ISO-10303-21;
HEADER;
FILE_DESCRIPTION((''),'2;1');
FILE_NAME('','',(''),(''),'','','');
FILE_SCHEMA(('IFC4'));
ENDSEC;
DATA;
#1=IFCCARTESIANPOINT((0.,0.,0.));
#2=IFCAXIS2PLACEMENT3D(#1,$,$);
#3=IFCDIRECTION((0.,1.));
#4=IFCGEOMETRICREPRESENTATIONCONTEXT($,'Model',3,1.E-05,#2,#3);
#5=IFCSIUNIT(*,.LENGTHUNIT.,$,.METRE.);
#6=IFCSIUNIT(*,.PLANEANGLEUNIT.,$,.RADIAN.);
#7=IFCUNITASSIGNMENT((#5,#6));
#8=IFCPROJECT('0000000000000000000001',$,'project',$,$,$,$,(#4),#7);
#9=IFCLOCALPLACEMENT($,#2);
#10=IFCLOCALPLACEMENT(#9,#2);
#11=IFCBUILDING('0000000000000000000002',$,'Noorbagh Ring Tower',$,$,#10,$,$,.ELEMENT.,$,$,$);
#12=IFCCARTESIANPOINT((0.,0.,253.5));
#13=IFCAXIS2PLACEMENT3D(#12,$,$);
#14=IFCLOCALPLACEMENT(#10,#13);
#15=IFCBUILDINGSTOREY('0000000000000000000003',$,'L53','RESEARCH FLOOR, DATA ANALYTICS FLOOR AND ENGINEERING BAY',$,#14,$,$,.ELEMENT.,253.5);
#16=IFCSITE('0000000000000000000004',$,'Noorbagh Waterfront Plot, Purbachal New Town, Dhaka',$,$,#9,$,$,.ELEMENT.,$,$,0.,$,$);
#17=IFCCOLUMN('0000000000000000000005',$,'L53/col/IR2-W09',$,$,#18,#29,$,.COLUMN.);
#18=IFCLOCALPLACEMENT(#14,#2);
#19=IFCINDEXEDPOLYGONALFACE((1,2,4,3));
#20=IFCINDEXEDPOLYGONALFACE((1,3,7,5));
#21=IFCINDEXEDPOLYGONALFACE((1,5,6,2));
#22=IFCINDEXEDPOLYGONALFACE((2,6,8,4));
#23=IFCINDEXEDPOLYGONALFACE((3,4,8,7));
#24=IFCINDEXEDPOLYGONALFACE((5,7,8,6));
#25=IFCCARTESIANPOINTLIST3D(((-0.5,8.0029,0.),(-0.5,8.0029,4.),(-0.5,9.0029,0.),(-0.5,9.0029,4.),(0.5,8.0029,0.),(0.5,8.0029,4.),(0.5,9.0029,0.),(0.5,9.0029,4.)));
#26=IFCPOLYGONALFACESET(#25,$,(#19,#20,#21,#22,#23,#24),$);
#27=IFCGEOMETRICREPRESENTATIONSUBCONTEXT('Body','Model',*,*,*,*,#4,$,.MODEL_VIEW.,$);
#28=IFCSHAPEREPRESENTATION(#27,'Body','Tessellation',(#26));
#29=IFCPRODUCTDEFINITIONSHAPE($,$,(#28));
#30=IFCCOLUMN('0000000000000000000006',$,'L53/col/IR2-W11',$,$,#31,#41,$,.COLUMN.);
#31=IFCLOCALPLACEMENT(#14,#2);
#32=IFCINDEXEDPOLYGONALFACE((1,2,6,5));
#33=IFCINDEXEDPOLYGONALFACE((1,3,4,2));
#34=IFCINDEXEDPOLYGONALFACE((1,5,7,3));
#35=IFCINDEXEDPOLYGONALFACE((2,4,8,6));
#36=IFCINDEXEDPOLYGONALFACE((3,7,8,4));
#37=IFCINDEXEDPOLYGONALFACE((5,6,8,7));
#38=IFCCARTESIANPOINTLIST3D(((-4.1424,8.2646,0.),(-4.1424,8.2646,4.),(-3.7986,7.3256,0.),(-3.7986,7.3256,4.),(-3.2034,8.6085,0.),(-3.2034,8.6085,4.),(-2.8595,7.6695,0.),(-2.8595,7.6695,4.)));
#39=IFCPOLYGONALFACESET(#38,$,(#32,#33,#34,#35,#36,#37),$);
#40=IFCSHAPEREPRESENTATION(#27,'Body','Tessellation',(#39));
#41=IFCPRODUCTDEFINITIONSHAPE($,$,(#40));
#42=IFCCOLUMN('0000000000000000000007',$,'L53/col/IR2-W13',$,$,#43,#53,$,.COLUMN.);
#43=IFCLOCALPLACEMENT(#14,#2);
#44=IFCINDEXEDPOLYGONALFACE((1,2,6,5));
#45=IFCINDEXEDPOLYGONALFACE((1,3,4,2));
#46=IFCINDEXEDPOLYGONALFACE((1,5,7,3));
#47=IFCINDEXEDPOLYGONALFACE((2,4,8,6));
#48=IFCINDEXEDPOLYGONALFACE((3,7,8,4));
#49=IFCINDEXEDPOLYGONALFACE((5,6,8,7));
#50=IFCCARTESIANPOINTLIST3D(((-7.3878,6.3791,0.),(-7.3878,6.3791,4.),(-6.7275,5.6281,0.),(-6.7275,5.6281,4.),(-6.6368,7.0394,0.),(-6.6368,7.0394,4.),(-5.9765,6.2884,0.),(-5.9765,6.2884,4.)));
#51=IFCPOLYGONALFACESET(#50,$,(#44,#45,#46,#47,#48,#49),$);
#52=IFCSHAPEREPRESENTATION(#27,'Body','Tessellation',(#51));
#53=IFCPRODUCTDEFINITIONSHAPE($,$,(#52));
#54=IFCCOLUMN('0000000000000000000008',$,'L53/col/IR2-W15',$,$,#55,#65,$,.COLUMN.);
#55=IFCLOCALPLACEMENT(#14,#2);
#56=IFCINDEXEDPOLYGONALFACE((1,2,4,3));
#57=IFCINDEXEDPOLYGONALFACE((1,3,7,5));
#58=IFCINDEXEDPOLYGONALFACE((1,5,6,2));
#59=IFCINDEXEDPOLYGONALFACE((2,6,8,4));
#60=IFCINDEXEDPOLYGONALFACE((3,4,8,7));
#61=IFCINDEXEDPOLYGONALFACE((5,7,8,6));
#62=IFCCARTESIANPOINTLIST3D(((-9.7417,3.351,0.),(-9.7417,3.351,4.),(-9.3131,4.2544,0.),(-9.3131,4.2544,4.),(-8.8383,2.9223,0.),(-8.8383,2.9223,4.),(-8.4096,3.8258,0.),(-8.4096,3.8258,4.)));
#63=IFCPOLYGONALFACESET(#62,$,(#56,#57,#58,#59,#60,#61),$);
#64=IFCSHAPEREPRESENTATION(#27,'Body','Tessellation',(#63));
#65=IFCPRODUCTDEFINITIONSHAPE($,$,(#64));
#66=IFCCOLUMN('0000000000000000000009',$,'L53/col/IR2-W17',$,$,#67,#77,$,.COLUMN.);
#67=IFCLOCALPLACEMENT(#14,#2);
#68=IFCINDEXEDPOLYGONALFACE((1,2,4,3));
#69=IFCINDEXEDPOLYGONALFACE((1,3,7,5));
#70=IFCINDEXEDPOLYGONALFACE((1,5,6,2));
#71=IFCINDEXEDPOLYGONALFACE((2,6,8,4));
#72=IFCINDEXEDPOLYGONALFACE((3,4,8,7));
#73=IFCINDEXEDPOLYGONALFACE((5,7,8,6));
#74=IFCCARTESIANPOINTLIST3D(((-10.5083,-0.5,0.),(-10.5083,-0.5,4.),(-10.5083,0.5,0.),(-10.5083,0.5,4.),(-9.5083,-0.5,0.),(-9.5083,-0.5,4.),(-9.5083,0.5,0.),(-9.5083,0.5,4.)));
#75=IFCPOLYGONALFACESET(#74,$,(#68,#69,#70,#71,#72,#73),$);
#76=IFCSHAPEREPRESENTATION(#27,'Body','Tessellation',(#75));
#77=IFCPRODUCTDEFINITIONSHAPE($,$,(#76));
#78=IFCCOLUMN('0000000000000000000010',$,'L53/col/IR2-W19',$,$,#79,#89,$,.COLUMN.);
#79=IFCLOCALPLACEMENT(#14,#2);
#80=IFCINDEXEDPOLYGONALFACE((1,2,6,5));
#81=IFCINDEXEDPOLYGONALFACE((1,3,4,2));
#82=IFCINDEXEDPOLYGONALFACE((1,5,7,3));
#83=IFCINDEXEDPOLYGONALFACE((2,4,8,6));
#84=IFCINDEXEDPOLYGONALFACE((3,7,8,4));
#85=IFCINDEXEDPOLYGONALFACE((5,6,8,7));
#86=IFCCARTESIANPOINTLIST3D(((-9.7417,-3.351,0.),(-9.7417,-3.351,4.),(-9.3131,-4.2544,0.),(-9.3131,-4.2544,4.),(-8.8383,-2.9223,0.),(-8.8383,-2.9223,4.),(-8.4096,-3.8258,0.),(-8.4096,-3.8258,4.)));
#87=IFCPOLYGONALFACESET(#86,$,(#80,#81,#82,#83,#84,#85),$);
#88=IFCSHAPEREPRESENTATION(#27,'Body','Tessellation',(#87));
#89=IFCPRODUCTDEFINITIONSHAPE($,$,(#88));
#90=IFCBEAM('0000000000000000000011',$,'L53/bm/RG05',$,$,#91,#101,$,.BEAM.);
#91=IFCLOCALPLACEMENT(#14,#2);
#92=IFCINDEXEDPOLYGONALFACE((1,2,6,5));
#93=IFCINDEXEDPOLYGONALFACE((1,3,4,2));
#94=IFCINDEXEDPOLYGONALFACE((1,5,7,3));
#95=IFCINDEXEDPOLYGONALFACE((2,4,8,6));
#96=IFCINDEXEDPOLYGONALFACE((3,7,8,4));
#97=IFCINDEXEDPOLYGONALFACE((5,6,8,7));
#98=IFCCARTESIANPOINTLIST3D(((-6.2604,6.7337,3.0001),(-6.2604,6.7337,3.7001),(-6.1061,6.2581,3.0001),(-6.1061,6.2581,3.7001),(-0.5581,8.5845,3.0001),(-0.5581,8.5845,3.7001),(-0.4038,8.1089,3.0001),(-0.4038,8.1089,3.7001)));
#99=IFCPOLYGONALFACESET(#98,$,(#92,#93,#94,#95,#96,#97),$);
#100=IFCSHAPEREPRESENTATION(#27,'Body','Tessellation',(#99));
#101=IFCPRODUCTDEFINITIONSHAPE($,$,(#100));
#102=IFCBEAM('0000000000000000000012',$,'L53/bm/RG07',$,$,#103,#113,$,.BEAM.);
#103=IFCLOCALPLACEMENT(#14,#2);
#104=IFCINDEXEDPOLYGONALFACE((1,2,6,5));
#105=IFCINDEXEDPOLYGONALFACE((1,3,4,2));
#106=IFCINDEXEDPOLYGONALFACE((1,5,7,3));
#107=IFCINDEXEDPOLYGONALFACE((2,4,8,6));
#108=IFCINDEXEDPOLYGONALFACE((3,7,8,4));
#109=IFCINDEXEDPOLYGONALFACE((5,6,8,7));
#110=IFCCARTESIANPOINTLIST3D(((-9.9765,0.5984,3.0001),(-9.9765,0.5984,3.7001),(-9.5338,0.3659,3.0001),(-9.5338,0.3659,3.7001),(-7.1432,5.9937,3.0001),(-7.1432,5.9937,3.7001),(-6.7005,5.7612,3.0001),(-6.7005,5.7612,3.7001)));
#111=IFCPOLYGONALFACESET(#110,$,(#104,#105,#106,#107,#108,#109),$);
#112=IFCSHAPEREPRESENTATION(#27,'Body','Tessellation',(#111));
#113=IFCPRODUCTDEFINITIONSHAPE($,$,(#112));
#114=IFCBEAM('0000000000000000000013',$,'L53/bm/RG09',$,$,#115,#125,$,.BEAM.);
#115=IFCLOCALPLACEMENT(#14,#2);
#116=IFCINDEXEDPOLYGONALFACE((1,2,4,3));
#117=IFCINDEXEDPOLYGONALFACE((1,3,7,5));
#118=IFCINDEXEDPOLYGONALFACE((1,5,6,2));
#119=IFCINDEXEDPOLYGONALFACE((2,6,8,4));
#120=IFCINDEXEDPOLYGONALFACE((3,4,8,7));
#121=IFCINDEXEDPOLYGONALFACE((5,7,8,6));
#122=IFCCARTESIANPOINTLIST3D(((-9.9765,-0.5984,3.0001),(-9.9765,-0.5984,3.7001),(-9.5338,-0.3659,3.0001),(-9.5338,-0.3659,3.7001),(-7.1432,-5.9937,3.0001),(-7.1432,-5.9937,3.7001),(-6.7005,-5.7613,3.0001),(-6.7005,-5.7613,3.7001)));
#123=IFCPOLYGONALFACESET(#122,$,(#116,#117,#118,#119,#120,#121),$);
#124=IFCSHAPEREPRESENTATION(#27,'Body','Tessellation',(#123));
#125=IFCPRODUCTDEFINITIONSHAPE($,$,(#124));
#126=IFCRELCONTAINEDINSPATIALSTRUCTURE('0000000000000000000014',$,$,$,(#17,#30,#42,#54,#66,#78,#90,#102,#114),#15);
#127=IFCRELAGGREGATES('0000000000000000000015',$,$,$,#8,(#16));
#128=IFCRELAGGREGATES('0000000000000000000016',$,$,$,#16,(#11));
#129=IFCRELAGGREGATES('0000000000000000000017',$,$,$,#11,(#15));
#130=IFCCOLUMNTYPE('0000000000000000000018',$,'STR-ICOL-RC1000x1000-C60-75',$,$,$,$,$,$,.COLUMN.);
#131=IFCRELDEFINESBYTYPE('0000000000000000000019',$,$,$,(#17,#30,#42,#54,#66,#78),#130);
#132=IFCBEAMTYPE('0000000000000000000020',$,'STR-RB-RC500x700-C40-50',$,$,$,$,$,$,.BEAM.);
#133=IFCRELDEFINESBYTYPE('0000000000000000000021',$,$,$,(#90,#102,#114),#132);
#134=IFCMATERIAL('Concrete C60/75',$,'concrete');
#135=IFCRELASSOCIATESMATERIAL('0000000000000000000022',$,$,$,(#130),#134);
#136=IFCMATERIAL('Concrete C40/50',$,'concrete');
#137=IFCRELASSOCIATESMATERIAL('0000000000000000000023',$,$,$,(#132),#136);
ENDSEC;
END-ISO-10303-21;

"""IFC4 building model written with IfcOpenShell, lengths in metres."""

from ifc_helpers import new_model, si_unit, direction, frame, origin, origin_2d, place, context, subcontext, project, spatial, rectangle, extrude, material, material_profile, profile_set, type_object, element, save


model = new_model("IFC4")

# Units and contexts
model_context = context("Model", 3, precision=1e-05, world=origin(), true_north=direction((0.0, 1.0)))
body_context = subcontext(model_context, "Body", "Model", "MODEL_VIEW")
ifc_project = project(units=[si_unit("LENGTHUNIT", "METRE"), si_unit("PLANEANGLEUNIT", "RADIAN")], contexts=[model_context])

# Site, building, storey
site_placement = place(None, origin())
site = spatial("IfcSite", under=ifc_project, at=site_placement, Name="Noorbagh Waterfront Plot, Purbachal New Town, Dhaka", CompositionType="ELEMENT", RefElevation=0.0)
building_placement = place(site_placement, origin())
building = spatial("IfcBuilding", under=site, at=building_placement, Name="Noorbagh Ring Tower", CompositionType="ELEMENT")
storey_placement = place(building_placement, frame((0.0, 0.0, 253.5)))
storey = spatial("IfcBuildingStorey", under=building, at=storey_placement, Name="L53", Description="RESEARCH FLOOR, DATA ANALYTICS FLOOR AND ENGINEERING BAY", CompositionType="ELEMENT", Elevation=253.5)

# Columns
ifc_material_1 = material(Name="Concrete C60/75", Category="concrete")
ifc_material_profile_1 = material_profile(ifc_material_1, rectangle(XDim=1.0, YDim=1.0, at=origin_2d()), Name="RC1000x1000")
ifc_profile_set_1 = profile_set([ifc_material_profile_1], Name="Concrete C60/75")
column_type = type_object("IfcColumnType", Name="STR-ICOL-RC1000x1000-C60-75", PredefinedType="COLUMN", material=ifc_profile_set_1)
for number, where, z_axis, x_axis, name in (
    (1, (0.0, 8.5029, 0.0), (0.0, 0.0, 1.0), (-1.0, 0.0, 0.0), "L53/col/IR2-W09"),
    (2, (-3.501, 7.967, 0.0), (0.0, 0.0, 1.0), (-0.93902, -0.343864, 0.0), "L53/col/IR2-W11"),
    (3, (-6.6821, 6.3337, 0.0), (0.0, 0.0, 1.0), (-0.751022, -0.660277, 0.0), "L53/col/IR2-W13"),
    (4, (-9.0757, 3.5884, 0.0), (0.0, 0.0, 1.0), (-0.428667, -0.903463, 0.0), "L53/col/IR2-W15"),
    (5, (-10.0083, 0.0, 0.0), (0.0, 0.0, 1.0), (0.0, -1.0, 0.0), "L53/col/IR2-W17"),
    (6, (-9.0757, -3.5884, 0.0), (0.0, 0.0, 1.0), (0.428667, -0.903463, 0.0), "L53/col/IR2-W19"),
):
    element("IfcColumn", number, at=place(storey_placement, frame(where, z_axis=z_axis, x_axis=x_axis)), inside=storey, type_object=column_type, Name=name, PredefinedType="COLUMN", context=body_context, shape_type="SweptSolid", body=[
        extrude(rectangle(XDim=1.0, YDim=1.0, at=origin_2d()), origin(), (0.0, 0.0, 1.0), 4.0),
    ])

# Beams
ifc_material_2 = material(Name="Concrete C40/50", Category="concrete")
ifc_material_profile_2 = material_profile(ifc_material_2, rectangle(XDim=0.5, YDim=0.7, at=origin_2d()), Name="RC500x700")
ifc_profile_set_2 = profile_set([ifc_material_profile_2], Name="Concrete C40/50")
beam_type = type_object("IfcBeamType", Name="STR-RB-RC500x700-C40-50", PredefinedType="BEAM", material=ifc_profile_set_2)
beam_placement = place(storey_placement, frame((-0.481, 8.3467, 3.3501), z_axis=(-0.951154, -0.308717, 0.0), x_axis=(0.308717, -0.951154, 0.0)))
element("IfcBeam", 7, at=beam_placement, inside=storey, type_object=beam_type, Name="L53/bm/RG05", PredefinedType="BEAM", context=body_context, shape_type="SweptSolid", body=[
    extrude(rectangle(XDim=0.5, YDim=0.7, at=origin_2d()), origin(), (0.0, 0.0, 1.0), 5.9951),
])
for number, where, z_axis, x_axis, name in (
    (8, (-6.9219, 5.8774, 3.3501), (-0.464929, -0.885348, 0.0), (0.885348, -0.464929, 0.0), "L53/bm/RG07"),
    (9, (-9.7551, -0.4822, 3.3501), (0.464929, -0.885348, 0.0), (0.885348, 0.464929, 0.0), "L53/bm/RG09"),
):
    element("IfcBeam", number, at=place(storey_placement, frame(where, z_axis=z_axis, x_axis=x_axis)), inside=storey, type_object=beam_type, Name=name, PredefinedType="BEAM", context=body_context, shape_type="SweptSolid", body=[
        extrude(rectangle(XDim=0.5, YDim=0.7, at=origin_2d()), origin(), (0.0, 0.0, 1.0), 6.094),
    ])

save(model, "model.ifc")
